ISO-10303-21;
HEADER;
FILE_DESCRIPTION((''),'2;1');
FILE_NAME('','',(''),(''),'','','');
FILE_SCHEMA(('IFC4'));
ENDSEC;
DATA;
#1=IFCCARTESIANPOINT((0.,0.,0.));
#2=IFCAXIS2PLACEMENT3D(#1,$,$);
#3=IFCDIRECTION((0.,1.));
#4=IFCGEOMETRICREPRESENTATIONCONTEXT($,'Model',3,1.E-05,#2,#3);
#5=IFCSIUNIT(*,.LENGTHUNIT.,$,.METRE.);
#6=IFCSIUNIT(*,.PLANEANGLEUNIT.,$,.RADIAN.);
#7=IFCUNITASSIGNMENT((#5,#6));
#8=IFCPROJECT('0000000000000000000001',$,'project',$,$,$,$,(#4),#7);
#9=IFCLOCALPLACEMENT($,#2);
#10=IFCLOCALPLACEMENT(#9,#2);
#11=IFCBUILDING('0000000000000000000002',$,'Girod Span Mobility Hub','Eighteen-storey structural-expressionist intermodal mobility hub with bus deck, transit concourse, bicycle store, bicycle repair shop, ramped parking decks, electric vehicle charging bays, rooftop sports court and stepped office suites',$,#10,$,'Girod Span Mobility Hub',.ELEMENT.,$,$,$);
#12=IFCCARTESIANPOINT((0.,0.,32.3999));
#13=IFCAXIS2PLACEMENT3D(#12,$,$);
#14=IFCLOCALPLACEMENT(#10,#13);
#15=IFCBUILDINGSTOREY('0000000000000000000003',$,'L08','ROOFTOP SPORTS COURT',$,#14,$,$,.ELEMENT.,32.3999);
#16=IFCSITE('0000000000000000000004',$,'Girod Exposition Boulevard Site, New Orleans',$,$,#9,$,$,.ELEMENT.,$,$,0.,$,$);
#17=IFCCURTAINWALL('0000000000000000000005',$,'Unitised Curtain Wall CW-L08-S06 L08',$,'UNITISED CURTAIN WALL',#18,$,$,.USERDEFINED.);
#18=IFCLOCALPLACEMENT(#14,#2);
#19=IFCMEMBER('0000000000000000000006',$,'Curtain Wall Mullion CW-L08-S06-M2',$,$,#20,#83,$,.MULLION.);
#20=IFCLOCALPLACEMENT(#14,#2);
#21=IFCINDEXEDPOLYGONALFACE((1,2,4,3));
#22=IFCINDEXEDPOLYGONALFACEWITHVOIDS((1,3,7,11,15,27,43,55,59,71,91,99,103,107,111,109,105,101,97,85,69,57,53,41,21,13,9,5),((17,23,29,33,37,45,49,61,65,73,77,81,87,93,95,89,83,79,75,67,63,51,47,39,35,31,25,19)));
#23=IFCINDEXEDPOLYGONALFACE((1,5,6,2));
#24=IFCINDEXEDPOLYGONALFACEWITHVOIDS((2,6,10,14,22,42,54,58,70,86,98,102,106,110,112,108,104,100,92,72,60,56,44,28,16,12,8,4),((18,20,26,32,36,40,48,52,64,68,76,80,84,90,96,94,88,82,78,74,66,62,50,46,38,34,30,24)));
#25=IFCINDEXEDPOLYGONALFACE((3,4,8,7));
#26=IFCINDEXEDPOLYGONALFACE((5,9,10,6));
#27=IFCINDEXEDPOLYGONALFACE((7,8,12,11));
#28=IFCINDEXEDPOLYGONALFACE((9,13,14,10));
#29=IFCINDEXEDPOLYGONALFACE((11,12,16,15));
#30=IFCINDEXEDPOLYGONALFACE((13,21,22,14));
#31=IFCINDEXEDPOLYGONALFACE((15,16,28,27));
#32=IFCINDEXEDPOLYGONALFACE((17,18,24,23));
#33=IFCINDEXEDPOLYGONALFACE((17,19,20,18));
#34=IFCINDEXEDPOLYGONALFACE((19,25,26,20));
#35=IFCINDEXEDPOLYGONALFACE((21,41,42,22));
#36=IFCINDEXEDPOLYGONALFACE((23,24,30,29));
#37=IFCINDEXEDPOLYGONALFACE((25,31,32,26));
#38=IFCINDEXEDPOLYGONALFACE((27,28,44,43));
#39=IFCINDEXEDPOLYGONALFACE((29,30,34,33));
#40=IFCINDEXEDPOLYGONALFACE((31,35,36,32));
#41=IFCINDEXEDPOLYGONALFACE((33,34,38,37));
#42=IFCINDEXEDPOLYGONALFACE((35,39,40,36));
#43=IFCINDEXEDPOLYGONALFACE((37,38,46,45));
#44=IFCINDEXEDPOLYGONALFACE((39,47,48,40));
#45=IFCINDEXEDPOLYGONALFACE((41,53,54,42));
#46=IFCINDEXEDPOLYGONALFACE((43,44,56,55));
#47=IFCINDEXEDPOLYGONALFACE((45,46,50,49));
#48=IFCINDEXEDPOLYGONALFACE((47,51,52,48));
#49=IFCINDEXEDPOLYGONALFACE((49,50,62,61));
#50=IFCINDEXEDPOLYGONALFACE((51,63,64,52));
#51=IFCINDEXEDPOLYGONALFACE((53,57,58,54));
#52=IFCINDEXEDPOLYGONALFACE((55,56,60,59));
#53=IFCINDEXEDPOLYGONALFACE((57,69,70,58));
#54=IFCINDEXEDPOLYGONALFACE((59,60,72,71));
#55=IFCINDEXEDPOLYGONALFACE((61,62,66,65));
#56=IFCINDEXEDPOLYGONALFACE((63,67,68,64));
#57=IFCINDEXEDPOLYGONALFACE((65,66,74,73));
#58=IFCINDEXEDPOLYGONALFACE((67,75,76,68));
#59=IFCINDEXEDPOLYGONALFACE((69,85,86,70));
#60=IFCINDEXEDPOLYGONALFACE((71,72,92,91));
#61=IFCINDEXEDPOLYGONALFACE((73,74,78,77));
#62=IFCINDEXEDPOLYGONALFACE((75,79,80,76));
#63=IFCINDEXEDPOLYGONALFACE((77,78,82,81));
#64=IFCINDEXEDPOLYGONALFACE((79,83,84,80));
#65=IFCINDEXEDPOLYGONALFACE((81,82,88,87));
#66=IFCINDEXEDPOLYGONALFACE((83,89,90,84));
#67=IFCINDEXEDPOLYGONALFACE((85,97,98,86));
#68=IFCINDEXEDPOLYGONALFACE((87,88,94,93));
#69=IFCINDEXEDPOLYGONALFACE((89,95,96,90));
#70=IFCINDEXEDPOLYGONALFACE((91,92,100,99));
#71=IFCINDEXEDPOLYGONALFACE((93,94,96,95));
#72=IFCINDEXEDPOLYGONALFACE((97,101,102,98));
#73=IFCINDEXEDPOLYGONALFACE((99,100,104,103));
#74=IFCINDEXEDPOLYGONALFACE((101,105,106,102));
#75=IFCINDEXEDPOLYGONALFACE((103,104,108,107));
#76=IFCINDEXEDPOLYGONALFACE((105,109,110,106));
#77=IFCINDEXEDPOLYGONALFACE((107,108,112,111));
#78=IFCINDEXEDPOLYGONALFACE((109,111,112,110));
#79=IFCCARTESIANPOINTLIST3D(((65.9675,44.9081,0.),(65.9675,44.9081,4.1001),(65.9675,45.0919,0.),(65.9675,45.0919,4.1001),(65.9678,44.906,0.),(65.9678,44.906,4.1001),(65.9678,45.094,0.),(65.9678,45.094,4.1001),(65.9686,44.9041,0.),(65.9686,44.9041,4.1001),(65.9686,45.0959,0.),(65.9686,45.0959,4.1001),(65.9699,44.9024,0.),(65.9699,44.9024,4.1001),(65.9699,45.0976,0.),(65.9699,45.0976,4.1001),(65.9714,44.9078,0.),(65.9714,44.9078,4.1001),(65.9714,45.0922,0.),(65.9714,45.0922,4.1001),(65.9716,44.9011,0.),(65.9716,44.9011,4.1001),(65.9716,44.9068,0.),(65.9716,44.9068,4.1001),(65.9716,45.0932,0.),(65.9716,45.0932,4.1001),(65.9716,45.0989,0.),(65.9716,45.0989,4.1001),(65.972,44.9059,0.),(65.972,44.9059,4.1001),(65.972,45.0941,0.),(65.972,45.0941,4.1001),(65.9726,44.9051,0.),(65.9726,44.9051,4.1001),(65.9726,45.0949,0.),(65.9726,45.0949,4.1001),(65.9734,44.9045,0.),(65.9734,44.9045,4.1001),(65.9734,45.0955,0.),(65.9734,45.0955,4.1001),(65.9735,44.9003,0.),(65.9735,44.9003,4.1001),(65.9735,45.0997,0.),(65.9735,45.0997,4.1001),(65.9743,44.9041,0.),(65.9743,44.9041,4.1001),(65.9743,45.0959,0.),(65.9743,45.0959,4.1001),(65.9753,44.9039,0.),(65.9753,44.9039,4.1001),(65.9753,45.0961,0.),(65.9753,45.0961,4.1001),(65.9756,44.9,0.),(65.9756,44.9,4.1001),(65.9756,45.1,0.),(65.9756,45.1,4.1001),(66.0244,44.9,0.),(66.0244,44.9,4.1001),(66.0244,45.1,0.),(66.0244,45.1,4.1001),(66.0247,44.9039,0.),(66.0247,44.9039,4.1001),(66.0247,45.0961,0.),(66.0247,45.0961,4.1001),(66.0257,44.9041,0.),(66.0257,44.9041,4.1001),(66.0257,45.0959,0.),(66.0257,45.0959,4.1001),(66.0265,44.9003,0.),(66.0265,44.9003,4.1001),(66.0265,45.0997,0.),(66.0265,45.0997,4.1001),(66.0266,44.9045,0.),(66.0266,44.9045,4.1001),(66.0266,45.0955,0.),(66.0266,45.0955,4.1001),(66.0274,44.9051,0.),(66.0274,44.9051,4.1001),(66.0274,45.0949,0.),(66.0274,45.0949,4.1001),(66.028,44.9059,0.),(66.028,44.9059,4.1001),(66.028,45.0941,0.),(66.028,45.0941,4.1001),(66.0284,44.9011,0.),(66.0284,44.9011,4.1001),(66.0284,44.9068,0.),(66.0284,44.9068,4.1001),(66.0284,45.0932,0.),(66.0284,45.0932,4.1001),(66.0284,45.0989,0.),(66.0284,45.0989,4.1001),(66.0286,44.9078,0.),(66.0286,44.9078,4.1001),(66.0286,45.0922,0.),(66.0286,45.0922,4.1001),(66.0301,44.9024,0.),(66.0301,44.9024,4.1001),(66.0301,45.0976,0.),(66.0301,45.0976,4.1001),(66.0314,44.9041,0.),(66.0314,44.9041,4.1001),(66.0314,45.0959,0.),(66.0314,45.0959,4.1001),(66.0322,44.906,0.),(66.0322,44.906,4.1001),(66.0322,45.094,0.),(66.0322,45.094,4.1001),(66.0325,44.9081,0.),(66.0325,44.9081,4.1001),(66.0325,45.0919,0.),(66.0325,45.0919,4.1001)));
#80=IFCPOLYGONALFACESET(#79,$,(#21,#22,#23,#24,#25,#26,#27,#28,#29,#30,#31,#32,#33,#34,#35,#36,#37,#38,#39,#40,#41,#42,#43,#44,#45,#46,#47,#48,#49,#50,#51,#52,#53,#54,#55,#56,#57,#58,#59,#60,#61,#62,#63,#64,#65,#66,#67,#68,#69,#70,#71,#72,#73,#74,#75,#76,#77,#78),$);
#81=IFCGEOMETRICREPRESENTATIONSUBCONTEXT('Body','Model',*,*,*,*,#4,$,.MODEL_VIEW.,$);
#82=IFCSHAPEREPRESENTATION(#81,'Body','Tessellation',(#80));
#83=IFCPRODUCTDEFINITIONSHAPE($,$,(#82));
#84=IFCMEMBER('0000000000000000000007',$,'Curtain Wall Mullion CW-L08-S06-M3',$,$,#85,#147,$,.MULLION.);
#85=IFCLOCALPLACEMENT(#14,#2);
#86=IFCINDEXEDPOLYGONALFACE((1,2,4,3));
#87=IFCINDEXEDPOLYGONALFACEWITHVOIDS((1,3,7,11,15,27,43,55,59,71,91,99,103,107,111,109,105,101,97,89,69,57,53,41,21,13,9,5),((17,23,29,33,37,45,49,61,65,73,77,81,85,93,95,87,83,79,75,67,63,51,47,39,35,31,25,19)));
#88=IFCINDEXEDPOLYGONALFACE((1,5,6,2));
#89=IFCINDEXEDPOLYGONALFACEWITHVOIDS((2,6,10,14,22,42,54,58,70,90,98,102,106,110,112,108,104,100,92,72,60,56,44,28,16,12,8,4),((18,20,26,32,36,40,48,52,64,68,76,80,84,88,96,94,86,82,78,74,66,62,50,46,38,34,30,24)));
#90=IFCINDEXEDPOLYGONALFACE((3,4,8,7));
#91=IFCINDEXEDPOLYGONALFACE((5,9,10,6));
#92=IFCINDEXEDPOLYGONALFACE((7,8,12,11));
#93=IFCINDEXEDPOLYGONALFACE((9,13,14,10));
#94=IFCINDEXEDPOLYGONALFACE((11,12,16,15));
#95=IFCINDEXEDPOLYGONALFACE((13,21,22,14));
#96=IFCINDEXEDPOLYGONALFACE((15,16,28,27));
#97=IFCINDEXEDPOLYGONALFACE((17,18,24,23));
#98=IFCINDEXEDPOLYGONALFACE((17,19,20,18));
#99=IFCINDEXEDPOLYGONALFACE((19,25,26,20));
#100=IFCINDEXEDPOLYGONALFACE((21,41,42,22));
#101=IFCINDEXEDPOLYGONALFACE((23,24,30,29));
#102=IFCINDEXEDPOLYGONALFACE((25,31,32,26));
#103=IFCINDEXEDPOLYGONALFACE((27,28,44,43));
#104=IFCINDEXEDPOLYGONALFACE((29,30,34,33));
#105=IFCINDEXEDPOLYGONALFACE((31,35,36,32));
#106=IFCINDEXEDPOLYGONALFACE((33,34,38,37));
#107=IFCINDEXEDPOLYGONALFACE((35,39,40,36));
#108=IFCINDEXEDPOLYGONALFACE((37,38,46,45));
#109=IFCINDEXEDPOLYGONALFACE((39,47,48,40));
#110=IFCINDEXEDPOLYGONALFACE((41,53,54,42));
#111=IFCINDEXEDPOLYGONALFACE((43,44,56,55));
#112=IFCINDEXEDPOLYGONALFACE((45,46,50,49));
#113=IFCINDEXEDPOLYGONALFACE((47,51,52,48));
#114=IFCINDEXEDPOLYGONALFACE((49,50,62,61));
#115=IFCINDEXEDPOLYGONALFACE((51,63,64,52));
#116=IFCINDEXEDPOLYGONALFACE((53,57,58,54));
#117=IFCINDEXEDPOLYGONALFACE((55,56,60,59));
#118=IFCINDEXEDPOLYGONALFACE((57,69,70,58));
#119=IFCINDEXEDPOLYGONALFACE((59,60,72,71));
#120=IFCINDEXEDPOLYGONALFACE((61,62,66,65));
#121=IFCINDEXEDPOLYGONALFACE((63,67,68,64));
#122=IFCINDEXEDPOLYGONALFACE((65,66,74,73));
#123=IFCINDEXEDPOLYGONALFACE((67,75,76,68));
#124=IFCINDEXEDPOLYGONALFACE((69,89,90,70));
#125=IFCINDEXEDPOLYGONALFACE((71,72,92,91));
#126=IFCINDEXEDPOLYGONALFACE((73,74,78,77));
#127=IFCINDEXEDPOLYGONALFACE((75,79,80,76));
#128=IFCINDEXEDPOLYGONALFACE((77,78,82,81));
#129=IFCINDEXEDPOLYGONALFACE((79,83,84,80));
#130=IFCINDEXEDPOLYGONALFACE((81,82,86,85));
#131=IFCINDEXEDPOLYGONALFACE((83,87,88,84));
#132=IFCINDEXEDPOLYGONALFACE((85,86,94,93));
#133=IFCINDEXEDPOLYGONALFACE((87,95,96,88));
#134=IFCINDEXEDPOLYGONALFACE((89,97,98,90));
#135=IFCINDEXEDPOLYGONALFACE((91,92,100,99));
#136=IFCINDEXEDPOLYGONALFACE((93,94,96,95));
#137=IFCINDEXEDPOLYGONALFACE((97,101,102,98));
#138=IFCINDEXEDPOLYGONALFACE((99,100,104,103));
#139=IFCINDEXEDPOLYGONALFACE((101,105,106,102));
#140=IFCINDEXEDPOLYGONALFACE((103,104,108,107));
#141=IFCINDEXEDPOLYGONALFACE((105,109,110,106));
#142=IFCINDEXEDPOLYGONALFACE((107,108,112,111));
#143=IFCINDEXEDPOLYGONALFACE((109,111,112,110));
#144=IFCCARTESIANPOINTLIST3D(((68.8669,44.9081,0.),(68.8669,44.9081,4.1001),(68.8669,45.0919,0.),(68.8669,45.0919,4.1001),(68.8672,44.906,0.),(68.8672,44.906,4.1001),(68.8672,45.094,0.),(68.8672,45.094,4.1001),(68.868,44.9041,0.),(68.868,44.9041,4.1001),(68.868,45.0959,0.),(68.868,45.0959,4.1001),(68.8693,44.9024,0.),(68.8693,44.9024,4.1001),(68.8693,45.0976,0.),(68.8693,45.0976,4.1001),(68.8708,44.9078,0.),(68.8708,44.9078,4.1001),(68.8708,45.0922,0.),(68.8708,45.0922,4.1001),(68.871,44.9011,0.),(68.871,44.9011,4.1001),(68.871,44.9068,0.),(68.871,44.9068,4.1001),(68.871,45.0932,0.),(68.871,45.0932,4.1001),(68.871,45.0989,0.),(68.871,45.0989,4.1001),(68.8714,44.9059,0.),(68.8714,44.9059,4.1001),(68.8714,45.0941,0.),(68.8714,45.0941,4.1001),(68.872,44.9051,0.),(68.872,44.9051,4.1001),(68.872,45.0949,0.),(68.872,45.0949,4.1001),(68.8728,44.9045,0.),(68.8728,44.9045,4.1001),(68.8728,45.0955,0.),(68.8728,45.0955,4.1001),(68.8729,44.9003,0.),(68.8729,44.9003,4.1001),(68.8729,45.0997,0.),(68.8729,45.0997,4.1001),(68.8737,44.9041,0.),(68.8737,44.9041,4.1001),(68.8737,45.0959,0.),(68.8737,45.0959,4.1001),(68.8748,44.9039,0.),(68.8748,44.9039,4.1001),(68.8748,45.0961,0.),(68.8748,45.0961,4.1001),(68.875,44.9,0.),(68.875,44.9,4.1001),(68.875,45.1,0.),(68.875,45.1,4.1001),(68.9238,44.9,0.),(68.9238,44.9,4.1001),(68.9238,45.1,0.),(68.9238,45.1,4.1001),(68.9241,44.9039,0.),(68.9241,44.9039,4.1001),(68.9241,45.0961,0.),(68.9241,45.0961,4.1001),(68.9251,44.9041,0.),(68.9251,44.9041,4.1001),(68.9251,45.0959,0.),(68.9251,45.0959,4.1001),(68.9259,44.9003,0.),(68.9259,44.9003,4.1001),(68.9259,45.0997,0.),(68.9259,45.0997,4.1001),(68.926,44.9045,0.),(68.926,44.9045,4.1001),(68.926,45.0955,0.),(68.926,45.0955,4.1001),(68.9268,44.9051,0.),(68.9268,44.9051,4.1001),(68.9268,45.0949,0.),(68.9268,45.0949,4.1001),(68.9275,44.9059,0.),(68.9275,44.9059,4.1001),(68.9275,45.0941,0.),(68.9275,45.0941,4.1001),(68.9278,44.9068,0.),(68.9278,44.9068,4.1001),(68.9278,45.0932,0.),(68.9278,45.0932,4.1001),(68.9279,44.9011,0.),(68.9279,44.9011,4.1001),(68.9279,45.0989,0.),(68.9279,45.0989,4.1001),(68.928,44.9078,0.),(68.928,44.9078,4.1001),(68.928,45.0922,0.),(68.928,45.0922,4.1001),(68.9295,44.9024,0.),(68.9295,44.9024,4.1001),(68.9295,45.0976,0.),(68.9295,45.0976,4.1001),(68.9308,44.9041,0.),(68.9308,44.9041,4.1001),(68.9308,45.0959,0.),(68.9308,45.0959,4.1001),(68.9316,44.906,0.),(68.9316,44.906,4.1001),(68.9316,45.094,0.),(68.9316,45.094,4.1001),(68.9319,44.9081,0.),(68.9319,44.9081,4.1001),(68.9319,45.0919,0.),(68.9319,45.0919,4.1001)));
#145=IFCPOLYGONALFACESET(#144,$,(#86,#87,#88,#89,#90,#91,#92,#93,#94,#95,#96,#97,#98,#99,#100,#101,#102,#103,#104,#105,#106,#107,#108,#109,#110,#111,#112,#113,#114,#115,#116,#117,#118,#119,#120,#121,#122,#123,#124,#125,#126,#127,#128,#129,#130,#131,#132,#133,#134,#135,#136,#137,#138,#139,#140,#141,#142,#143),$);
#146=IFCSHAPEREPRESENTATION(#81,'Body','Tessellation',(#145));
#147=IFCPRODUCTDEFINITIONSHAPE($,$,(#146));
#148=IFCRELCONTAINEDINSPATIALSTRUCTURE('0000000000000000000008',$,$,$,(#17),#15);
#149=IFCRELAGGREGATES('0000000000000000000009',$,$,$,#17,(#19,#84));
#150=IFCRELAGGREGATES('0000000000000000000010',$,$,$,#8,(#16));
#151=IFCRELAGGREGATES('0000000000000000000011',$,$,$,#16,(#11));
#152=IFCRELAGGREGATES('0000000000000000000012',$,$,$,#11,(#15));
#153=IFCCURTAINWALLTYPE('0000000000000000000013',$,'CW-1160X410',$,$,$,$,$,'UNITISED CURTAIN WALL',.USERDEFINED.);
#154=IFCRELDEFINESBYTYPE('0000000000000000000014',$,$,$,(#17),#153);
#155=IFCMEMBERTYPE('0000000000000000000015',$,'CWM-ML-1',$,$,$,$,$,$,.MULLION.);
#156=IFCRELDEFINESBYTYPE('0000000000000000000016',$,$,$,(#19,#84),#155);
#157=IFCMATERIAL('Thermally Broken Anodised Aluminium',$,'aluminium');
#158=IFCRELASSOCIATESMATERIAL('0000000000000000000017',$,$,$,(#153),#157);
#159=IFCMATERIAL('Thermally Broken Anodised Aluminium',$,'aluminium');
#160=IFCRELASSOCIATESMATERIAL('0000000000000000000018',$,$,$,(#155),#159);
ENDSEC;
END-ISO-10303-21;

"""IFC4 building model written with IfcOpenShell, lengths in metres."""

from ifc_helpers import new_model, si_unit, direction, frame, origin, origin_2d, place, context, subcontext, project, spatial, hollow_rectangle, extrude, material, material_profile, profile_set, type_object, element, aggregate, save


model = new_model("IFC4")

# Units and contexts
model_context = context("Model", 3, precision=1e-05, world=origin(), true_north=direction((0.0, 1.0)))
body_context = subcontext(model_context, "Body", "Model", "MODEL_VIEW")
ifc_project = project(units=[si_unit("LENGTHUNIT", "METRE"), si_unit("PLANEANGLEUNIT", "RADIAN")], contexts=[model_context])

# Site, building, storey
site_placement = place(None, origin())
site = spatial("IfcSite", under=ifc_project, at=site_placement, Name="Girod Exposition Boulevard Site, New Orleans", CompositionType="ELEMENT", RefElevation=0.0)
building_placement = place(site_placement, origin())
building = spatial("IfcBuilding", under=site, at=building_placement, Name="Girod Span Mobility Hub", Description="Eighteen-storey structural-expressionist intermodal mobility hub with bus deck, transit concourse, bicycle store, bicycle repair shop, ramped parking decks, electric vehicle charging bays, rooftop sports court and stepped office suites", LongName="Girod Span Mobility Hub", CompositionType="ELEMENT")
storey_placement = place(building_placement, frame((0.0, 0.0, 32.3999)))
storey = spatial("IfcBuildingStorey", under=building, at=storey_placement, Name="L08", Description="ROOFTOP SPORTS COURT", CompositionType="ELEMENT", Elevation=32.3999)

# Curtain wall, members
ifc_material_1 = material(Name="Thermally Broken Anodised Aluminium", Category="aluminium")
curtain_wall_type = type_object("IfcCurtainWallType", Name="CW-1160X410", ElementType="UNITISED CURTAIN WALL", PredefinedType="USERDEFINED", material=ifc_material_1)
curtain_wall_placement = place(storey_placement, origin())
curtain_wall = element("IfcCurtainWall", 1, at=curtain_wall_placement, inside=storey, type_object=curtain_wall_type, Name="Unitised Curtain Wall CW-L08-S06 L08", ObjectType="UNITISED CURTAIN WALL", PredefinedType="USERDEFINED")
ifc_material_2 = material(Name="Thermally Broken Anodised Aluminium", Category="aluminium")
ifc_material_profile_1 = material_profile(ifc_material_2, hollow_rectangle(XDim=0.2, YDim=0.0649, WallThickness=0.0039, InnerFilletRadius=0.0039, OuterFilletRadius=0.0081, at=origin_2d()), Name="CW-ML-65X200")
ifc_profile_set_1 = profile_set([ifc_material_profile_1], Name="Thermally Broken Anodised Aluminium")
member_type_1 = type_object("IfcMemberType", Name="CWM-ML-1", PredefinedType="MULLION", material=ifc_profile_set_1)
member_1_placement = place(storey_placement, frame((66.0, 45.0, 0.0), z_axis=(0.0, 0.0, 1.0), x_axis=(0.0, 1.0, 0.0)))
member_1 = element("IfcMember", 2, at=member_1_placement, type_object=member_type_1, Name="Curtain Wall Mullion CW-L08-S06-M2", PredefinedType="MULLION", context=body_context, shape_type="SweptSolid", body=[
    extrude(hollow_rectangle(XDim=0.2, YDim=0.0649, WallThickness=0.0039, InnerFilletRadius=0.0039, OuterFilletRadius=0.0081, at=origin_2d()), origin(), (0.0, 0.0, 1.0), 4.1001),
])
member_2_placement = place(storey_placement, frame((68.8994, 45.0, 0.0), z_axis=(0.0, 0.0, 1.0), x_axis=(0.0, 1.0, 0.0)))
member_2 = element("IfcMember", 3, at=member_2_placement, type_object=member_type_1, Name="Curtain Wall Mullion CW-L08-S06-M3", PredefinedType="MULLION", context=body_context, shape_type="SweptSolid", body=[
    extrude(hollow_rectangle(XDim=0.2, YDim=0.0649, WallThickness=0.0039, InnerFilletRadius=0.0039, OuterFilletRadius=0.0081, at=origin_2d()), origin(), (0.0, 0.0, 1.0), 4.1001),
])

aggregate(curtain_wall, [member_1, member_2])

save(model, "model.ifc")
